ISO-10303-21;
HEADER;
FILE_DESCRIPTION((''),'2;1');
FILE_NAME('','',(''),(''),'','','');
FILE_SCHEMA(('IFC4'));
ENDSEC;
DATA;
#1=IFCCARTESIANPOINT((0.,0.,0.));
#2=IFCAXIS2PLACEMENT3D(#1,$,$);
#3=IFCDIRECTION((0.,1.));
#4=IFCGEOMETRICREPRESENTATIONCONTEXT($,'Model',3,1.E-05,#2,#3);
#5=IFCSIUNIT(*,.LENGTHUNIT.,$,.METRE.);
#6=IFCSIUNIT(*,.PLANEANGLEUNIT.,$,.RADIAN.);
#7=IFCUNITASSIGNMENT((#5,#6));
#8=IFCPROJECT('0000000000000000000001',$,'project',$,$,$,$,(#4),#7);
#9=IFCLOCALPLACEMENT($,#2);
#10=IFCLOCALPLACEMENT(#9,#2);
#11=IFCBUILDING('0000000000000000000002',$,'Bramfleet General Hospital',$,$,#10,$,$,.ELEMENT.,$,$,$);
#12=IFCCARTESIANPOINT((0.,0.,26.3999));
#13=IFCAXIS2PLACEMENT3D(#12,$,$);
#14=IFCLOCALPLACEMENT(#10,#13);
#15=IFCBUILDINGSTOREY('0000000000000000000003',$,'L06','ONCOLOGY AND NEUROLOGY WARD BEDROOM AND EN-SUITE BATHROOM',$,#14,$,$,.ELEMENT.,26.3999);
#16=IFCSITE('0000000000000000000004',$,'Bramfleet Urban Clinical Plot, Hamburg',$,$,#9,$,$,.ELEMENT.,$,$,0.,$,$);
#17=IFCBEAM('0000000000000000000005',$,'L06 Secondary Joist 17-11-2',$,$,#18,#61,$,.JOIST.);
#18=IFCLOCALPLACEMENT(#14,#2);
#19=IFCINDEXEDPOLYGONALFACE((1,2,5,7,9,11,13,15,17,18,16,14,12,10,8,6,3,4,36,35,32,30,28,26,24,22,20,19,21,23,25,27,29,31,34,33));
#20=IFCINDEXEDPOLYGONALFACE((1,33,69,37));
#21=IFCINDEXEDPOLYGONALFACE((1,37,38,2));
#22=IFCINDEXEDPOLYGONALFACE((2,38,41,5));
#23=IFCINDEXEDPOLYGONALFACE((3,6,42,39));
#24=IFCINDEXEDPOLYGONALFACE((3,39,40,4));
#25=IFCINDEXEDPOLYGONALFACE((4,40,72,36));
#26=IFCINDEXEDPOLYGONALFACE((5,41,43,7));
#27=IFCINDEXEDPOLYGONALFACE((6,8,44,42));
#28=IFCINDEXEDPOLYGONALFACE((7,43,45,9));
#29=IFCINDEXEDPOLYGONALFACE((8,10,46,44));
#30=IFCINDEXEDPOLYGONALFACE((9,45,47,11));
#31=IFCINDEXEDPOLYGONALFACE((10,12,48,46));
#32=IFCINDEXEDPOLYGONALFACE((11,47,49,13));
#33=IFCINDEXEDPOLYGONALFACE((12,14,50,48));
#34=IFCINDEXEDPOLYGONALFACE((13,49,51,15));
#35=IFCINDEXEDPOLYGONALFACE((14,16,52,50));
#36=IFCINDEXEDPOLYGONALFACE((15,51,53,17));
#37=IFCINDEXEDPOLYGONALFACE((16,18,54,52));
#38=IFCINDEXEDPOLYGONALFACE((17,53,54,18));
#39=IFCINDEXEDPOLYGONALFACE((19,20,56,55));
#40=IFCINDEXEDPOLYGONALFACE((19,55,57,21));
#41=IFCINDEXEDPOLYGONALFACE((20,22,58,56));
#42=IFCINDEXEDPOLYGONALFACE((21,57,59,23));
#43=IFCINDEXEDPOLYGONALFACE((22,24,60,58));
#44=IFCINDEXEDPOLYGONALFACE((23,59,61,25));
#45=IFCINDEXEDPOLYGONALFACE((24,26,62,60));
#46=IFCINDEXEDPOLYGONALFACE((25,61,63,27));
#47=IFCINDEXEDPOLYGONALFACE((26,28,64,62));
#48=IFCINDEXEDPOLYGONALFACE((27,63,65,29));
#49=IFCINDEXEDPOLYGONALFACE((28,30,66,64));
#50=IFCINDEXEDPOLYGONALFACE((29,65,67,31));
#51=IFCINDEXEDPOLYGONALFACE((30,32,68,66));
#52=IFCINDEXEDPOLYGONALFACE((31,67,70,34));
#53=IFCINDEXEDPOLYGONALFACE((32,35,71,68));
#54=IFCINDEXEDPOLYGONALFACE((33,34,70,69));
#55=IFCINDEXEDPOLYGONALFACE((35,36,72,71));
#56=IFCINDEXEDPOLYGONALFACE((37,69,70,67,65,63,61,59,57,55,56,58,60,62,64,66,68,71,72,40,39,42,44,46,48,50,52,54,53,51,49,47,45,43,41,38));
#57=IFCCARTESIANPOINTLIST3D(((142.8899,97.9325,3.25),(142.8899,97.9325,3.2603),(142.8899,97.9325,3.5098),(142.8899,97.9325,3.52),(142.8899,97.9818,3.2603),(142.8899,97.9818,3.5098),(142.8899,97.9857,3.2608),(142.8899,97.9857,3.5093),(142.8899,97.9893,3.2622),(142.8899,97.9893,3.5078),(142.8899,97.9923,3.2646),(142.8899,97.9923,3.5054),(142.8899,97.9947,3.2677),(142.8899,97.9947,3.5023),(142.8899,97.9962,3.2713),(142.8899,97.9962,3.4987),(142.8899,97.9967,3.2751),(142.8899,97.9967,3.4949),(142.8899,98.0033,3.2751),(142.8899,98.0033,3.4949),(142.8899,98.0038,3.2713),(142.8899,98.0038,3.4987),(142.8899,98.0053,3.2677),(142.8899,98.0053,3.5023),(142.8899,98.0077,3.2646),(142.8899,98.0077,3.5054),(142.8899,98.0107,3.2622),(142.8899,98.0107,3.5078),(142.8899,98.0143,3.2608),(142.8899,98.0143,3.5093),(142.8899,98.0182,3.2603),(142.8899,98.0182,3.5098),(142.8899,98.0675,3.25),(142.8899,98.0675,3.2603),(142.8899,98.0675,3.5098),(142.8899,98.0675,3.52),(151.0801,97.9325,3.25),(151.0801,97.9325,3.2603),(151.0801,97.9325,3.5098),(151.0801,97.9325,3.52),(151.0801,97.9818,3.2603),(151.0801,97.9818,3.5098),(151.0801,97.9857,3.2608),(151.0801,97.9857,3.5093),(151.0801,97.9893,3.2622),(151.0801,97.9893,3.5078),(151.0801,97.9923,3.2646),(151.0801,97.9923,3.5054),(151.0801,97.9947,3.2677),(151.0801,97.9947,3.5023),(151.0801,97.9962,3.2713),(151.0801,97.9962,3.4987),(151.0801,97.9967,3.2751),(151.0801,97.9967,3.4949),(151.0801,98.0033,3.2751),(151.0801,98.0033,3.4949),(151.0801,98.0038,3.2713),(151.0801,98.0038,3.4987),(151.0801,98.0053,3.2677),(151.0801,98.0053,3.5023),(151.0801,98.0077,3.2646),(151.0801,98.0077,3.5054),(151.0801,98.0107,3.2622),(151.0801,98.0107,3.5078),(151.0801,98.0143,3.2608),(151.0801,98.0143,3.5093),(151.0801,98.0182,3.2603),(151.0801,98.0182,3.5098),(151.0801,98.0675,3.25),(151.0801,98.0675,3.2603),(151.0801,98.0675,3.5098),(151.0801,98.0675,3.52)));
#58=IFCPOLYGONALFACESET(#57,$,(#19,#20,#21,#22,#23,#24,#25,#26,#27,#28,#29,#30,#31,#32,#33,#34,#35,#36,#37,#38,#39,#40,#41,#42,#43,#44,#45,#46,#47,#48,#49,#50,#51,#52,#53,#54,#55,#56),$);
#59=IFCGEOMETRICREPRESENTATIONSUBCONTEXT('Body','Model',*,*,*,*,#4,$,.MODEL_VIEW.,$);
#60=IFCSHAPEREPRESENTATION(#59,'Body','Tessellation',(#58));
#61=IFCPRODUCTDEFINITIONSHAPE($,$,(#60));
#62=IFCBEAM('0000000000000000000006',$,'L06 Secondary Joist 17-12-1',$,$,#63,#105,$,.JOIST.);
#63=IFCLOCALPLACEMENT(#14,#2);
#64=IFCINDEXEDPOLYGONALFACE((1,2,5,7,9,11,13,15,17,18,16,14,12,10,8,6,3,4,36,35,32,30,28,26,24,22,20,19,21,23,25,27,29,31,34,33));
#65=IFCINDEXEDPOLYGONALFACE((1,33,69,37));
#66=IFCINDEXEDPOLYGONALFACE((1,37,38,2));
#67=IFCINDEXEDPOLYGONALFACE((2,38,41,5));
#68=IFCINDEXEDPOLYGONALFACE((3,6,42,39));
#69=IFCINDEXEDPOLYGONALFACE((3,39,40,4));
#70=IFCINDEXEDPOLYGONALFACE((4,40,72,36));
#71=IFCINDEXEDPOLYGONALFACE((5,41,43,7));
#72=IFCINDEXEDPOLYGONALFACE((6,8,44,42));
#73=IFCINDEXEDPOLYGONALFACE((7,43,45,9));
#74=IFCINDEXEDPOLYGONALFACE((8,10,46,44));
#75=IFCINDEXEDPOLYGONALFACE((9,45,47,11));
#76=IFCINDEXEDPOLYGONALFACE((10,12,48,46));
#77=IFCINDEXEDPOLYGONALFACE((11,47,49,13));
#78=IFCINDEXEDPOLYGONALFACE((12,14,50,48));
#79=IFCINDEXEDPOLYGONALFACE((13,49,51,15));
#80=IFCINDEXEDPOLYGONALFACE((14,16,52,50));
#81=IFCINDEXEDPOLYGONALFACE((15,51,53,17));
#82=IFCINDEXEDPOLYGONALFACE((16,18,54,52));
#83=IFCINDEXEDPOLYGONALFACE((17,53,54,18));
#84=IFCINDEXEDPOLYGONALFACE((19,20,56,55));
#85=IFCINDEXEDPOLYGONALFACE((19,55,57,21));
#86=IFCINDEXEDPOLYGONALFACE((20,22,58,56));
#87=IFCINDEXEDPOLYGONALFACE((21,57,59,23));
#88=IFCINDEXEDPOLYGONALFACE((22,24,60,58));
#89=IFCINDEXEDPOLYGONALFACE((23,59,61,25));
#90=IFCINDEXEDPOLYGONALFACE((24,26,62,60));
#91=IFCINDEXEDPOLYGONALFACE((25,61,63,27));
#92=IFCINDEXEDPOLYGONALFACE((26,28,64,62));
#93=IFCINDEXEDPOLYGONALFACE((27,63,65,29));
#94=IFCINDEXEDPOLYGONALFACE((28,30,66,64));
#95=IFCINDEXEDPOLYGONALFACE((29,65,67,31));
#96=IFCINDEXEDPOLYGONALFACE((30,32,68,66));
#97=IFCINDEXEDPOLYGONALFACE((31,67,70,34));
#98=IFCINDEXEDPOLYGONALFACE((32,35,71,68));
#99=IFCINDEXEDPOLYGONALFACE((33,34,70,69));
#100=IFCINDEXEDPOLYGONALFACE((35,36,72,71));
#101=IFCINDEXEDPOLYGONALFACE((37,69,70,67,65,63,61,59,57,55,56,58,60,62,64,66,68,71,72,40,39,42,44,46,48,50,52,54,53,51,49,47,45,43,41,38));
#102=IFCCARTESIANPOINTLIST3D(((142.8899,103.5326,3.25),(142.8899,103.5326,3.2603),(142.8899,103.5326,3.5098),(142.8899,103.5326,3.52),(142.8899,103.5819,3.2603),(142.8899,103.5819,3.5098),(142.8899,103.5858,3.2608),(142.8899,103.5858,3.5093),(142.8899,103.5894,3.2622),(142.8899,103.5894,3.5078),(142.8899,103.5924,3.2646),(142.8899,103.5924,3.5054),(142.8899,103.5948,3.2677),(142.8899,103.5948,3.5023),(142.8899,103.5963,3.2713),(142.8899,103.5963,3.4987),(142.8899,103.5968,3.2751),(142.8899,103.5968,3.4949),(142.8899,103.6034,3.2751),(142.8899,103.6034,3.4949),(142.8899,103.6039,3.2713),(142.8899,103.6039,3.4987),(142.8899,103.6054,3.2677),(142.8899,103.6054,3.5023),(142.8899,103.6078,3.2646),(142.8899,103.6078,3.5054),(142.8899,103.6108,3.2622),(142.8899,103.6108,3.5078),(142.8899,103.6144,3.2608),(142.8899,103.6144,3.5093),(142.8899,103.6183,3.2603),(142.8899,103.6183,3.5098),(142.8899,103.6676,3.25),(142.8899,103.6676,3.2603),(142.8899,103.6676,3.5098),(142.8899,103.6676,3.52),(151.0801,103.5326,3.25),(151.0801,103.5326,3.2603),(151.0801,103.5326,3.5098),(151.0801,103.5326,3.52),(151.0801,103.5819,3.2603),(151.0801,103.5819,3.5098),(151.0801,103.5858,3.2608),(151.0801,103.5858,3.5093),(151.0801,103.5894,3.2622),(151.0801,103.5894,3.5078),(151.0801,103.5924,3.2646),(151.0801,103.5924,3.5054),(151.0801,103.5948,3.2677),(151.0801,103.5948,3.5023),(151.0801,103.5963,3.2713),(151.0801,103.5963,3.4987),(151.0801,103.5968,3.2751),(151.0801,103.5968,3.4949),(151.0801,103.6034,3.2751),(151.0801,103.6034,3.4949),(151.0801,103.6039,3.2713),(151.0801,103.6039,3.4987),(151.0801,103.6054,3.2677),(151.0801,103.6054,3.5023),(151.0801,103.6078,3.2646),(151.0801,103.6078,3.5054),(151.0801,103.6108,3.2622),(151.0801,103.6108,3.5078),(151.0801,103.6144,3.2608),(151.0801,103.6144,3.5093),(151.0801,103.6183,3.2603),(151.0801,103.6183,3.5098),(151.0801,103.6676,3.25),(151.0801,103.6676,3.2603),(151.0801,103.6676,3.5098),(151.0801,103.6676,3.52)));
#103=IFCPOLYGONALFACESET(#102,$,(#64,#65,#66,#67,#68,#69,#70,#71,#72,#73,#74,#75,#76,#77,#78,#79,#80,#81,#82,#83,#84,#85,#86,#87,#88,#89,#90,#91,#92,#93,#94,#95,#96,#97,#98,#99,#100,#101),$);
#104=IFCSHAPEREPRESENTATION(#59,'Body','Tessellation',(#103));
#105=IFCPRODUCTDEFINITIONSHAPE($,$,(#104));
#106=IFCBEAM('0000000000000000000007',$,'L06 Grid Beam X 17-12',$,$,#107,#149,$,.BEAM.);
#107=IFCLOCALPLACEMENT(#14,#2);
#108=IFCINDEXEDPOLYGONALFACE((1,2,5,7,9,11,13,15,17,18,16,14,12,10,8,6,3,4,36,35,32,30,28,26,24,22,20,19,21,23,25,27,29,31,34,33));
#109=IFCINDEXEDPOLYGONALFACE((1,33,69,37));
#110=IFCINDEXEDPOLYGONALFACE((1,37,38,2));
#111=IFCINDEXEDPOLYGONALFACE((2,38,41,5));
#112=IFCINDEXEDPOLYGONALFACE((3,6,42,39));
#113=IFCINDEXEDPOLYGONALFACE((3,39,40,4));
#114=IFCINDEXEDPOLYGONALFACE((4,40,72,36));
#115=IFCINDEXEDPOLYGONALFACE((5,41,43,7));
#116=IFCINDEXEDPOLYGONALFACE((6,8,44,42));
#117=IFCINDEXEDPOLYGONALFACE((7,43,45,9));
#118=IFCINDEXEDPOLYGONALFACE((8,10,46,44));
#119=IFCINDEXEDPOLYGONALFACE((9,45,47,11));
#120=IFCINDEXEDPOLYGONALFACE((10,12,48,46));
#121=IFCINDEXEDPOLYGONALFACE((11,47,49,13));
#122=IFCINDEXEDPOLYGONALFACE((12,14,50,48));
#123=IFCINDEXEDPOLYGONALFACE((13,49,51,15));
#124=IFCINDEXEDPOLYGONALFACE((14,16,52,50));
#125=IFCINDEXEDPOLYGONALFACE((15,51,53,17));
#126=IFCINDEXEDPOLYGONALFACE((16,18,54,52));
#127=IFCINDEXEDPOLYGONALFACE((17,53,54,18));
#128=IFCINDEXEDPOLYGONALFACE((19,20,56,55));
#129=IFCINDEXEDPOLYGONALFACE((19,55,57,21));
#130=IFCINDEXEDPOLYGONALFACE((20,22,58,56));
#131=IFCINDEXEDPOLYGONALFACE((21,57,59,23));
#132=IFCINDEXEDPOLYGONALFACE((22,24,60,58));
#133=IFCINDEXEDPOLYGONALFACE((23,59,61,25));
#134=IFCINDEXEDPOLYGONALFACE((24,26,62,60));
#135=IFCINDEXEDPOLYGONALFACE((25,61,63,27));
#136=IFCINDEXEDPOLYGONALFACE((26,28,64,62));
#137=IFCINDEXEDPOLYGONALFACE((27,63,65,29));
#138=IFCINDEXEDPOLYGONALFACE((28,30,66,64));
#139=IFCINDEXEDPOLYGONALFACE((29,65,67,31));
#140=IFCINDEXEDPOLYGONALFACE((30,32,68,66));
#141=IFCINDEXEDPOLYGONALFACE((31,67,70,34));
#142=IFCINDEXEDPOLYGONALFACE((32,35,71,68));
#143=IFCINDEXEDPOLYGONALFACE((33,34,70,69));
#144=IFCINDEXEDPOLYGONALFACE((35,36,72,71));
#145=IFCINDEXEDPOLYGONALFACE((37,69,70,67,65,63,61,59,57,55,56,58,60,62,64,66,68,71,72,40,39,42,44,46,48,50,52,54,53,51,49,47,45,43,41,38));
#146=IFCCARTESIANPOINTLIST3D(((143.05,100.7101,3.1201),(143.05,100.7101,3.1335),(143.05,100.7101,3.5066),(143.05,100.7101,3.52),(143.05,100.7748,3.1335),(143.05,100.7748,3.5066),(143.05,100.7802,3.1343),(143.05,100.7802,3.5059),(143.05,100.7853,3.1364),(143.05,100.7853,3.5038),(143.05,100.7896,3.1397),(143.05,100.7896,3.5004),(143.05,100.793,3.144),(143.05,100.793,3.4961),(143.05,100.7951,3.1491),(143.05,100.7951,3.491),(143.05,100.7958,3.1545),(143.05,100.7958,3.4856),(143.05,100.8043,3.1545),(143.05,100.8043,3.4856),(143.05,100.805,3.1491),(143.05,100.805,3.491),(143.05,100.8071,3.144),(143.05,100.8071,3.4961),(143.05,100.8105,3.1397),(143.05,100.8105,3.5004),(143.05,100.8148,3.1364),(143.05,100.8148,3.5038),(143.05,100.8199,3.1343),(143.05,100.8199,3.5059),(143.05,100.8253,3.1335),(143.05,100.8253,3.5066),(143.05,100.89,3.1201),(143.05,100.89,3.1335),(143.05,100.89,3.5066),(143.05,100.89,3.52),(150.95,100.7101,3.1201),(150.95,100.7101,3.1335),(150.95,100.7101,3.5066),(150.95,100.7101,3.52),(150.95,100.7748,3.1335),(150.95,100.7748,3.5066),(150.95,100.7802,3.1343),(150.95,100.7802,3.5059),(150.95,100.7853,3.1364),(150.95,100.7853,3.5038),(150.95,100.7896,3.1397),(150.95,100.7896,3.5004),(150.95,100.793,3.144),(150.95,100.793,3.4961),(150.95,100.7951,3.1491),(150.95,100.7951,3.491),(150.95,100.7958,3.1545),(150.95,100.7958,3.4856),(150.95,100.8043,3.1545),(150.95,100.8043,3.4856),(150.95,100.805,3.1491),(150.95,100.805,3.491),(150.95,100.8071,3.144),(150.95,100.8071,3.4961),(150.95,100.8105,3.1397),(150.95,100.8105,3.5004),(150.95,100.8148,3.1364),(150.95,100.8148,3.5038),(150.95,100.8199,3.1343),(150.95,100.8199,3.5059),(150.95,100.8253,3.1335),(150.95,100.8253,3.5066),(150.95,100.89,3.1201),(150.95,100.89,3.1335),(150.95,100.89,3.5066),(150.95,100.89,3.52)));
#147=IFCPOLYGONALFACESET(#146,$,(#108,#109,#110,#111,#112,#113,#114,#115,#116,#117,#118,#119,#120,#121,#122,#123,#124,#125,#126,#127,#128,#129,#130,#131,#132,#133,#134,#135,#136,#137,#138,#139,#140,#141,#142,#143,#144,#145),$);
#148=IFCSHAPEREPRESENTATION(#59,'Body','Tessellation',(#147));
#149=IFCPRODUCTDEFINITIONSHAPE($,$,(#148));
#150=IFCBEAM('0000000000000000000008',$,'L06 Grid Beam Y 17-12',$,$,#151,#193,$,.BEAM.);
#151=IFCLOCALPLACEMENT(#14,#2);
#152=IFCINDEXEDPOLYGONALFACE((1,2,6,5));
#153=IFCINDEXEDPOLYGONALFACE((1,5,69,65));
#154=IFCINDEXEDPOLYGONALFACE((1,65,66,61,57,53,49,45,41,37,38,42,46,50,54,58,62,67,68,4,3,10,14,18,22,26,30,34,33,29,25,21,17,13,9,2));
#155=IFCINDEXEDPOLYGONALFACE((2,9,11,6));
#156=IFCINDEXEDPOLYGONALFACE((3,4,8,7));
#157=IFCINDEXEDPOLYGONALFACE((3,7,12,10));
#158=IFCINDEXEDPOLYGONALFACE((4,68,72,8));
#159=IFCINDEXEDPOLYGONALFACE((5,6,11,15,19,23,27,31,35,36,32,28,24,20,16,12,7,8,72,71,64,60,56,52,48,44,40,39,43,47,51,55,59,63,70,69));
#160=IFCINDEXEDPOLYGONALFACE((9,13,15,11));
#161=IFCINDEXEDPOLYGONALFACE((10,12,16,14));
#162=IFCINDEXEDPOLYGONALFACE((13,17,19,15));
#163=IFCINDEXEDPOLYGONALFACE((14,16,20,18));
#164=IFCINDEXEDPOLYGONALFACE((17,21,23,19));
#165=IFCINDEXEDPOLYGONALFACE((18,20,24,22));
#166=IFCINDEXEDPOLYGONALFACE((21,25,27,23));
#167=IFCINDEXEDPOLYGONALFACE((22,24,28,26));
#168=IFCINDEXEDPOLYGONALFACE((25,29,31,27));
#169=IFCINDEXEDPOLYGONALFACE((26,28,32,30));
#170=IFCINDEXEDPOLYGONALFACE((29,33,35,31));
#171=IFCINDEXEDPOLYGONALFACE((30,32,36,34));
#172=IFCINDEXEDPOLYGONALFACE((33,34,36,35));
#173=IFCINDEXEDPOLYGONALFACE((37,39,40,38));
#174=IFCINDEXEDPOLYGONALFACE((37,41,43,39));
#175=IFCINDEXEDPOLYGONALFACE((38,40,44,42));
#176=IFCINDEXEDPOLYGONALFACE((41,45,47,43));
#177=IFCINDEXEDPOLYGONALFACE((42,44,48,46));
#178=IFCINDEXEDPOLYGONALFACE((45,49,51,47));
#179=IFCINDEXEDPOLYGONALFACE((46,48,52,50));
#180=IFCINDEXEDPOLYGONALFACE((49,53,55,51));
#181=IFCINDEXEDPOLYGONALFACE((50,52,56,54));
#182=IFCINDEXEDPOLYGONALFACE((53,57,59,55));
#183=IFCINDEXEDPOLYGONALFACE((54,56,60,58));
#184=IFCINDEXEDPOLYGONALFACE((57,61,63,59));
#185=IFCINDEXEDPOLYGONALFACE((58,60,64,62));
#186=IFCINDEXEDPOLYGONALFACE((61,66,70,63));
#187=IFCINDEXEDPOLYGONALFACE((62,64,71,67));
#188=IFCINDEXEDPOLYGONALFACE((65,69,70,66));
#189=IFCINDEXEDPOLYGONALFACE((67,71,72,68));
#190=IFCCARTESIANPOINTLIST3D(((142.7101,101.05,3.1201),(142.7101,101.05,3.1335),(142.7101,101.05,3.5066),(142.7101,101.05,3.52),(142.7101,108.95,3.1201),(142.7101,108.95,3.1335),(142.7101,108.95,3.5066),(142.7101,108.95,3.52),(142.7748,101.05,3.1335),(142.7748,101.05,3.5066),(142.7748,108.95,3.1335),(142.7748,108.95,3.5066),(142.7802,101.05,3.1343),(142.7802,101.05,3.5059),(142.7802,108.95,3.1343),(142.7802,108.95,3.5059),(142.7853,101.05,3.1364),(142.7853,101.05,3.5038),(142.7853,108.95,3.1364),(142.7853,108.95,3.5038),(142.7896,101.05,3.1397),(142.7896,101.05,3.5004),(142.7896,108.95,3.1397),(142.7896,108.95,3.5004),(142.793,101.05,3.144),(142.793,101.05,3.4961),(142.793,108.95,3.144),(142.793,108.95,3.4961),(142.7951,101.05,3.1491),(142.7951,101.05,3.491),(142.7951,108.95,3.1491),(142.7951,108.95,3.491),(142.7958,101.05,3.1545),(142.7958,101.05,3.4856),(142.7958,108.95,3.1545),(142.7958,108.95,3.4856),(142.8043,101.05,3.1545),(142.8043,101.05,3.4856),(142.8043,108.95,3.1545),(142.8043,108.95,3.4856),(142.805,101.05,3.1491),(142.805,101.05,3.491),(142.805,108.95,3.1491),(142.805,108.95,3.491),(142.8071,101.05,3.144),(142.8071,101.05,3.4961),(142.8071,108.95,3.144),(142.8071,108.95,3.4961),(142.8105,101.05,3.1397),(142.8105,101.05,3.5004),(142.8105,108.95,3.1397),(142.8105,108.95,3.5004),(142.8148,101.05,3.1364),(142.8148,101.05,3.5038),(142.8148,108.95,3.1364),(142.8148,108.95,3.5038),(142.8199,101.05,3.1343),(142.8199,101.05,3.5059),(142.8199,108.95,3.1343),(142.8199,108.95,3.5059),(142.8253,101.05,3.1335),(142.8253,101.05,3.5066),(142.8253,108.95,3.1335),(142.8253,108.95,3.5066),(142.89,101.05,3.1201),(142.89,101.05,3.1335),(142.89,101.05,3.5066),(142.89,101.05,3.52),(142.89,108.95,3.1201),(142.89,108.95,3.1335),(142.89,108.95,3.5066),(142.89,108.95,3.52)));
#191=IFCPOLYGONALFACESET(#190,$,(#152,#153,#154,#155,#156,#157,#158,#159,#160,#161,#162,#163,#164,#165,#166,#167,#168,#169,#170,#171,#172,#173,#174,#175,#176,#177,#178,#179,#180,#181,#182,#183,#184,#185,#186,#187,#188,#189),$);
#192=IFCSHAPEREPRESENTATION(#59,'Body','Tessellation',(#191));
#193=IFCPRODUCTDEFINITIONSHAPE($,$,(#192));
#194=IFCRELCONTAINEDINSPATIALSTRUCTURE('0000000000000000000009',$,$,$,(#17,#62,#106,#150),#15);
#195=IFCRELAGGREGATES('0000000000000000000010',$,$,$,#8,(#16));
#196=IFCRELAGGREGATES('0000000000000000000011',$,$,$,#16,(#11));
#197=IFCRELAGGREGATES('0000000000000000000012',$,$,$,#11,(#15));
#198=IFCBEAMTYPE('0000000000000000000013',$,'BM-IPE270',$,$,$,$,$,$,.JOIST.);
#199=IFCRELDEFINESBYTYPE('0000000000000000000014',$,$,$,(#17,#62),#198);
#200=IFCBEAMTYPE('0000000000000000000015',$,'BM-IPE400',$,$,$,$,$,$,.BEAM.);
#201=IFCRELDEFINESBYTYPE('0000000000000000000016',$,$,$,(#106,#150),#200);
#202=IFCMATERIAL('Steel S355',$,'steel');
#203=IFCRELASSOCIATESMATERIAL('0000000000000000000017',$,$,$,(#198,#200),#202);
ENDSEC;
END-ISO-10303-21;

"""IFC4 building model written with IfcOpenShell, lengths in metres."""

from ifc_helpers import new_model, si_unit, direction, frame, origin, origin_2d, place, context, subcontext, project, spatial, i_section, extrude, material, material_profile, profile_set, type_object, element, save


model = new_model("IFC4")

# Units and contexts
model_context = context("Model", 3, precision=1e-05, world=origin(), true_north=direction((0.0, 1.0)))
body_context = subcontext(model_context, "Body", "Model", "MODEL_VIEW")
ifc_project = project(units=[si_unit("LENGTHUNIT", "METRE"), si_unit("PLANEANGLEUNIT", "RADIAN")], contexts=[model_context])

# Site, building, storey
site_placement = place(None, origin())
site = spatial("IfcSite", under=ifc_project, at=site_placement, Name="Bramfleet Urban Clinical Plot, Hamburg", CompositionType="ELEMENT", RefElevation=0.0)
building_placement = place(site_placement, origin())
building = spatial("IfcBuilding", under=site, at=building_placement, Name="Bramfleet General Hospital", CompositionType="ELEMENT")
storey_placement = place(building_placement, frame((0.0, 0.0, 26.3999)))
storey = spatial("IfcBuildingStorey", under=building, at=storey_placement, Name="L06", Description="ONCOLOGY AND NEUROLOGY WARD BEDROOM AND EN-SUITE BATHROOM", CompositionType="ELEMENT", Elevation=26.3999)

# Beams
ifc_material_1 = material(Name="Steel S355", Category="steel")
ifc_material_profile_1 = material_profile(ifc_material_1, i_section(OverallWidth=0.135, OverallDepth=0.27, WebThickness=0.0066, FlangeThickness=0.0103, FilletRadius=0.0149, at=origin_2d()), Name="IPE 270")
ifc_profile_set_1 = profile_set([ifc_material_profile_1], Name="Steel S355")
beam_type_1 = type_object("IfcBeamType", Name="BM-IPE270", PredefinedType="JOIST", material=ifc_profile_set_1)
for number, where, z_axis, x_axis, name in (
    (1, (142.8899, 98.0, 3.385), (1.0, 0.0, 0.0), (0.0, 1.0, 0.0), "L06 Secondary Joist 17-11-2"),
    (2, (142.8899, 103.6001, 3.385), (1.0, 0.0, 0.0), (0.0, 1.0, 0.0), "L06 Secondary Joist 17-12-1"),
):
    element("IfcBeam", number, at=place(storey_placement, frame(where, z_axis=z_axis, x_axis=x_axis)), inside=storey, type_object=beam_type_1, Name=name, PredefinedType="JOIST", context=body_context, shape_type="SweptSolid", body=[
        extrude(i_section(OverallWidth=0.135, OverallDepth=0.27, WebThickness=0.0066, FlangeThickness=0.0103, FilletRadius=0.0149, at=origin_2d()), origin(), (0.0, 0.0, 1.0), 8.1902),
    ])
ifc_material_profile_2 = material_profile(ifc_material_1, i_section(OverallWidth=0.1799, OverallDepth=0.3999, WebThickness=0.0085, FlangeThickness=0.0134, FilletRadius=0.021, at=origin_2d()), Name="IPE 400")
ifc_profile_set_2 = profile_set([ifc_material_profile_2], Name="Steel S355")
beam_type_2 = type_object("IfcBeamType", Name="BM-IPE400", PredefinedType="BEAM", material=ifc_profile_set_2)
for number, where, z_axis, x_axis, name in (
    (3, (143.05, 100.8, 3.3201), (1.0, 0.0, 0.0), (0.0, 1.0, 0.0), "L06 Grid Beam X 17-12"),
    (4, (142.8, 101.05, 3.3201), (0.0, 1.0, 0.0), (-1.0, 0.0, 0.0), "L06 Grid Beam Y 17-12"),
):
    element("IfcBeam", number, at=place(storey_placement, frame(where, z_axis=z_axis, x_axis=x_axis)), inside=storey, type_object=beam_type_2, Name=name, PredefinedType="BEAM", context=body_context, shape_type="SweptSolid", body=[
        extrude(i_section(OverallWidth=0.1799, OverallDepth=0.3999, WebThickness=0.0085, FlangeThickness=0.0134, FilletRadius=0.021, at=origin_2d()), origin(), (0.0, 0.0, 1.0), 7.8999),
    ])

save(model, "model.ifc")
